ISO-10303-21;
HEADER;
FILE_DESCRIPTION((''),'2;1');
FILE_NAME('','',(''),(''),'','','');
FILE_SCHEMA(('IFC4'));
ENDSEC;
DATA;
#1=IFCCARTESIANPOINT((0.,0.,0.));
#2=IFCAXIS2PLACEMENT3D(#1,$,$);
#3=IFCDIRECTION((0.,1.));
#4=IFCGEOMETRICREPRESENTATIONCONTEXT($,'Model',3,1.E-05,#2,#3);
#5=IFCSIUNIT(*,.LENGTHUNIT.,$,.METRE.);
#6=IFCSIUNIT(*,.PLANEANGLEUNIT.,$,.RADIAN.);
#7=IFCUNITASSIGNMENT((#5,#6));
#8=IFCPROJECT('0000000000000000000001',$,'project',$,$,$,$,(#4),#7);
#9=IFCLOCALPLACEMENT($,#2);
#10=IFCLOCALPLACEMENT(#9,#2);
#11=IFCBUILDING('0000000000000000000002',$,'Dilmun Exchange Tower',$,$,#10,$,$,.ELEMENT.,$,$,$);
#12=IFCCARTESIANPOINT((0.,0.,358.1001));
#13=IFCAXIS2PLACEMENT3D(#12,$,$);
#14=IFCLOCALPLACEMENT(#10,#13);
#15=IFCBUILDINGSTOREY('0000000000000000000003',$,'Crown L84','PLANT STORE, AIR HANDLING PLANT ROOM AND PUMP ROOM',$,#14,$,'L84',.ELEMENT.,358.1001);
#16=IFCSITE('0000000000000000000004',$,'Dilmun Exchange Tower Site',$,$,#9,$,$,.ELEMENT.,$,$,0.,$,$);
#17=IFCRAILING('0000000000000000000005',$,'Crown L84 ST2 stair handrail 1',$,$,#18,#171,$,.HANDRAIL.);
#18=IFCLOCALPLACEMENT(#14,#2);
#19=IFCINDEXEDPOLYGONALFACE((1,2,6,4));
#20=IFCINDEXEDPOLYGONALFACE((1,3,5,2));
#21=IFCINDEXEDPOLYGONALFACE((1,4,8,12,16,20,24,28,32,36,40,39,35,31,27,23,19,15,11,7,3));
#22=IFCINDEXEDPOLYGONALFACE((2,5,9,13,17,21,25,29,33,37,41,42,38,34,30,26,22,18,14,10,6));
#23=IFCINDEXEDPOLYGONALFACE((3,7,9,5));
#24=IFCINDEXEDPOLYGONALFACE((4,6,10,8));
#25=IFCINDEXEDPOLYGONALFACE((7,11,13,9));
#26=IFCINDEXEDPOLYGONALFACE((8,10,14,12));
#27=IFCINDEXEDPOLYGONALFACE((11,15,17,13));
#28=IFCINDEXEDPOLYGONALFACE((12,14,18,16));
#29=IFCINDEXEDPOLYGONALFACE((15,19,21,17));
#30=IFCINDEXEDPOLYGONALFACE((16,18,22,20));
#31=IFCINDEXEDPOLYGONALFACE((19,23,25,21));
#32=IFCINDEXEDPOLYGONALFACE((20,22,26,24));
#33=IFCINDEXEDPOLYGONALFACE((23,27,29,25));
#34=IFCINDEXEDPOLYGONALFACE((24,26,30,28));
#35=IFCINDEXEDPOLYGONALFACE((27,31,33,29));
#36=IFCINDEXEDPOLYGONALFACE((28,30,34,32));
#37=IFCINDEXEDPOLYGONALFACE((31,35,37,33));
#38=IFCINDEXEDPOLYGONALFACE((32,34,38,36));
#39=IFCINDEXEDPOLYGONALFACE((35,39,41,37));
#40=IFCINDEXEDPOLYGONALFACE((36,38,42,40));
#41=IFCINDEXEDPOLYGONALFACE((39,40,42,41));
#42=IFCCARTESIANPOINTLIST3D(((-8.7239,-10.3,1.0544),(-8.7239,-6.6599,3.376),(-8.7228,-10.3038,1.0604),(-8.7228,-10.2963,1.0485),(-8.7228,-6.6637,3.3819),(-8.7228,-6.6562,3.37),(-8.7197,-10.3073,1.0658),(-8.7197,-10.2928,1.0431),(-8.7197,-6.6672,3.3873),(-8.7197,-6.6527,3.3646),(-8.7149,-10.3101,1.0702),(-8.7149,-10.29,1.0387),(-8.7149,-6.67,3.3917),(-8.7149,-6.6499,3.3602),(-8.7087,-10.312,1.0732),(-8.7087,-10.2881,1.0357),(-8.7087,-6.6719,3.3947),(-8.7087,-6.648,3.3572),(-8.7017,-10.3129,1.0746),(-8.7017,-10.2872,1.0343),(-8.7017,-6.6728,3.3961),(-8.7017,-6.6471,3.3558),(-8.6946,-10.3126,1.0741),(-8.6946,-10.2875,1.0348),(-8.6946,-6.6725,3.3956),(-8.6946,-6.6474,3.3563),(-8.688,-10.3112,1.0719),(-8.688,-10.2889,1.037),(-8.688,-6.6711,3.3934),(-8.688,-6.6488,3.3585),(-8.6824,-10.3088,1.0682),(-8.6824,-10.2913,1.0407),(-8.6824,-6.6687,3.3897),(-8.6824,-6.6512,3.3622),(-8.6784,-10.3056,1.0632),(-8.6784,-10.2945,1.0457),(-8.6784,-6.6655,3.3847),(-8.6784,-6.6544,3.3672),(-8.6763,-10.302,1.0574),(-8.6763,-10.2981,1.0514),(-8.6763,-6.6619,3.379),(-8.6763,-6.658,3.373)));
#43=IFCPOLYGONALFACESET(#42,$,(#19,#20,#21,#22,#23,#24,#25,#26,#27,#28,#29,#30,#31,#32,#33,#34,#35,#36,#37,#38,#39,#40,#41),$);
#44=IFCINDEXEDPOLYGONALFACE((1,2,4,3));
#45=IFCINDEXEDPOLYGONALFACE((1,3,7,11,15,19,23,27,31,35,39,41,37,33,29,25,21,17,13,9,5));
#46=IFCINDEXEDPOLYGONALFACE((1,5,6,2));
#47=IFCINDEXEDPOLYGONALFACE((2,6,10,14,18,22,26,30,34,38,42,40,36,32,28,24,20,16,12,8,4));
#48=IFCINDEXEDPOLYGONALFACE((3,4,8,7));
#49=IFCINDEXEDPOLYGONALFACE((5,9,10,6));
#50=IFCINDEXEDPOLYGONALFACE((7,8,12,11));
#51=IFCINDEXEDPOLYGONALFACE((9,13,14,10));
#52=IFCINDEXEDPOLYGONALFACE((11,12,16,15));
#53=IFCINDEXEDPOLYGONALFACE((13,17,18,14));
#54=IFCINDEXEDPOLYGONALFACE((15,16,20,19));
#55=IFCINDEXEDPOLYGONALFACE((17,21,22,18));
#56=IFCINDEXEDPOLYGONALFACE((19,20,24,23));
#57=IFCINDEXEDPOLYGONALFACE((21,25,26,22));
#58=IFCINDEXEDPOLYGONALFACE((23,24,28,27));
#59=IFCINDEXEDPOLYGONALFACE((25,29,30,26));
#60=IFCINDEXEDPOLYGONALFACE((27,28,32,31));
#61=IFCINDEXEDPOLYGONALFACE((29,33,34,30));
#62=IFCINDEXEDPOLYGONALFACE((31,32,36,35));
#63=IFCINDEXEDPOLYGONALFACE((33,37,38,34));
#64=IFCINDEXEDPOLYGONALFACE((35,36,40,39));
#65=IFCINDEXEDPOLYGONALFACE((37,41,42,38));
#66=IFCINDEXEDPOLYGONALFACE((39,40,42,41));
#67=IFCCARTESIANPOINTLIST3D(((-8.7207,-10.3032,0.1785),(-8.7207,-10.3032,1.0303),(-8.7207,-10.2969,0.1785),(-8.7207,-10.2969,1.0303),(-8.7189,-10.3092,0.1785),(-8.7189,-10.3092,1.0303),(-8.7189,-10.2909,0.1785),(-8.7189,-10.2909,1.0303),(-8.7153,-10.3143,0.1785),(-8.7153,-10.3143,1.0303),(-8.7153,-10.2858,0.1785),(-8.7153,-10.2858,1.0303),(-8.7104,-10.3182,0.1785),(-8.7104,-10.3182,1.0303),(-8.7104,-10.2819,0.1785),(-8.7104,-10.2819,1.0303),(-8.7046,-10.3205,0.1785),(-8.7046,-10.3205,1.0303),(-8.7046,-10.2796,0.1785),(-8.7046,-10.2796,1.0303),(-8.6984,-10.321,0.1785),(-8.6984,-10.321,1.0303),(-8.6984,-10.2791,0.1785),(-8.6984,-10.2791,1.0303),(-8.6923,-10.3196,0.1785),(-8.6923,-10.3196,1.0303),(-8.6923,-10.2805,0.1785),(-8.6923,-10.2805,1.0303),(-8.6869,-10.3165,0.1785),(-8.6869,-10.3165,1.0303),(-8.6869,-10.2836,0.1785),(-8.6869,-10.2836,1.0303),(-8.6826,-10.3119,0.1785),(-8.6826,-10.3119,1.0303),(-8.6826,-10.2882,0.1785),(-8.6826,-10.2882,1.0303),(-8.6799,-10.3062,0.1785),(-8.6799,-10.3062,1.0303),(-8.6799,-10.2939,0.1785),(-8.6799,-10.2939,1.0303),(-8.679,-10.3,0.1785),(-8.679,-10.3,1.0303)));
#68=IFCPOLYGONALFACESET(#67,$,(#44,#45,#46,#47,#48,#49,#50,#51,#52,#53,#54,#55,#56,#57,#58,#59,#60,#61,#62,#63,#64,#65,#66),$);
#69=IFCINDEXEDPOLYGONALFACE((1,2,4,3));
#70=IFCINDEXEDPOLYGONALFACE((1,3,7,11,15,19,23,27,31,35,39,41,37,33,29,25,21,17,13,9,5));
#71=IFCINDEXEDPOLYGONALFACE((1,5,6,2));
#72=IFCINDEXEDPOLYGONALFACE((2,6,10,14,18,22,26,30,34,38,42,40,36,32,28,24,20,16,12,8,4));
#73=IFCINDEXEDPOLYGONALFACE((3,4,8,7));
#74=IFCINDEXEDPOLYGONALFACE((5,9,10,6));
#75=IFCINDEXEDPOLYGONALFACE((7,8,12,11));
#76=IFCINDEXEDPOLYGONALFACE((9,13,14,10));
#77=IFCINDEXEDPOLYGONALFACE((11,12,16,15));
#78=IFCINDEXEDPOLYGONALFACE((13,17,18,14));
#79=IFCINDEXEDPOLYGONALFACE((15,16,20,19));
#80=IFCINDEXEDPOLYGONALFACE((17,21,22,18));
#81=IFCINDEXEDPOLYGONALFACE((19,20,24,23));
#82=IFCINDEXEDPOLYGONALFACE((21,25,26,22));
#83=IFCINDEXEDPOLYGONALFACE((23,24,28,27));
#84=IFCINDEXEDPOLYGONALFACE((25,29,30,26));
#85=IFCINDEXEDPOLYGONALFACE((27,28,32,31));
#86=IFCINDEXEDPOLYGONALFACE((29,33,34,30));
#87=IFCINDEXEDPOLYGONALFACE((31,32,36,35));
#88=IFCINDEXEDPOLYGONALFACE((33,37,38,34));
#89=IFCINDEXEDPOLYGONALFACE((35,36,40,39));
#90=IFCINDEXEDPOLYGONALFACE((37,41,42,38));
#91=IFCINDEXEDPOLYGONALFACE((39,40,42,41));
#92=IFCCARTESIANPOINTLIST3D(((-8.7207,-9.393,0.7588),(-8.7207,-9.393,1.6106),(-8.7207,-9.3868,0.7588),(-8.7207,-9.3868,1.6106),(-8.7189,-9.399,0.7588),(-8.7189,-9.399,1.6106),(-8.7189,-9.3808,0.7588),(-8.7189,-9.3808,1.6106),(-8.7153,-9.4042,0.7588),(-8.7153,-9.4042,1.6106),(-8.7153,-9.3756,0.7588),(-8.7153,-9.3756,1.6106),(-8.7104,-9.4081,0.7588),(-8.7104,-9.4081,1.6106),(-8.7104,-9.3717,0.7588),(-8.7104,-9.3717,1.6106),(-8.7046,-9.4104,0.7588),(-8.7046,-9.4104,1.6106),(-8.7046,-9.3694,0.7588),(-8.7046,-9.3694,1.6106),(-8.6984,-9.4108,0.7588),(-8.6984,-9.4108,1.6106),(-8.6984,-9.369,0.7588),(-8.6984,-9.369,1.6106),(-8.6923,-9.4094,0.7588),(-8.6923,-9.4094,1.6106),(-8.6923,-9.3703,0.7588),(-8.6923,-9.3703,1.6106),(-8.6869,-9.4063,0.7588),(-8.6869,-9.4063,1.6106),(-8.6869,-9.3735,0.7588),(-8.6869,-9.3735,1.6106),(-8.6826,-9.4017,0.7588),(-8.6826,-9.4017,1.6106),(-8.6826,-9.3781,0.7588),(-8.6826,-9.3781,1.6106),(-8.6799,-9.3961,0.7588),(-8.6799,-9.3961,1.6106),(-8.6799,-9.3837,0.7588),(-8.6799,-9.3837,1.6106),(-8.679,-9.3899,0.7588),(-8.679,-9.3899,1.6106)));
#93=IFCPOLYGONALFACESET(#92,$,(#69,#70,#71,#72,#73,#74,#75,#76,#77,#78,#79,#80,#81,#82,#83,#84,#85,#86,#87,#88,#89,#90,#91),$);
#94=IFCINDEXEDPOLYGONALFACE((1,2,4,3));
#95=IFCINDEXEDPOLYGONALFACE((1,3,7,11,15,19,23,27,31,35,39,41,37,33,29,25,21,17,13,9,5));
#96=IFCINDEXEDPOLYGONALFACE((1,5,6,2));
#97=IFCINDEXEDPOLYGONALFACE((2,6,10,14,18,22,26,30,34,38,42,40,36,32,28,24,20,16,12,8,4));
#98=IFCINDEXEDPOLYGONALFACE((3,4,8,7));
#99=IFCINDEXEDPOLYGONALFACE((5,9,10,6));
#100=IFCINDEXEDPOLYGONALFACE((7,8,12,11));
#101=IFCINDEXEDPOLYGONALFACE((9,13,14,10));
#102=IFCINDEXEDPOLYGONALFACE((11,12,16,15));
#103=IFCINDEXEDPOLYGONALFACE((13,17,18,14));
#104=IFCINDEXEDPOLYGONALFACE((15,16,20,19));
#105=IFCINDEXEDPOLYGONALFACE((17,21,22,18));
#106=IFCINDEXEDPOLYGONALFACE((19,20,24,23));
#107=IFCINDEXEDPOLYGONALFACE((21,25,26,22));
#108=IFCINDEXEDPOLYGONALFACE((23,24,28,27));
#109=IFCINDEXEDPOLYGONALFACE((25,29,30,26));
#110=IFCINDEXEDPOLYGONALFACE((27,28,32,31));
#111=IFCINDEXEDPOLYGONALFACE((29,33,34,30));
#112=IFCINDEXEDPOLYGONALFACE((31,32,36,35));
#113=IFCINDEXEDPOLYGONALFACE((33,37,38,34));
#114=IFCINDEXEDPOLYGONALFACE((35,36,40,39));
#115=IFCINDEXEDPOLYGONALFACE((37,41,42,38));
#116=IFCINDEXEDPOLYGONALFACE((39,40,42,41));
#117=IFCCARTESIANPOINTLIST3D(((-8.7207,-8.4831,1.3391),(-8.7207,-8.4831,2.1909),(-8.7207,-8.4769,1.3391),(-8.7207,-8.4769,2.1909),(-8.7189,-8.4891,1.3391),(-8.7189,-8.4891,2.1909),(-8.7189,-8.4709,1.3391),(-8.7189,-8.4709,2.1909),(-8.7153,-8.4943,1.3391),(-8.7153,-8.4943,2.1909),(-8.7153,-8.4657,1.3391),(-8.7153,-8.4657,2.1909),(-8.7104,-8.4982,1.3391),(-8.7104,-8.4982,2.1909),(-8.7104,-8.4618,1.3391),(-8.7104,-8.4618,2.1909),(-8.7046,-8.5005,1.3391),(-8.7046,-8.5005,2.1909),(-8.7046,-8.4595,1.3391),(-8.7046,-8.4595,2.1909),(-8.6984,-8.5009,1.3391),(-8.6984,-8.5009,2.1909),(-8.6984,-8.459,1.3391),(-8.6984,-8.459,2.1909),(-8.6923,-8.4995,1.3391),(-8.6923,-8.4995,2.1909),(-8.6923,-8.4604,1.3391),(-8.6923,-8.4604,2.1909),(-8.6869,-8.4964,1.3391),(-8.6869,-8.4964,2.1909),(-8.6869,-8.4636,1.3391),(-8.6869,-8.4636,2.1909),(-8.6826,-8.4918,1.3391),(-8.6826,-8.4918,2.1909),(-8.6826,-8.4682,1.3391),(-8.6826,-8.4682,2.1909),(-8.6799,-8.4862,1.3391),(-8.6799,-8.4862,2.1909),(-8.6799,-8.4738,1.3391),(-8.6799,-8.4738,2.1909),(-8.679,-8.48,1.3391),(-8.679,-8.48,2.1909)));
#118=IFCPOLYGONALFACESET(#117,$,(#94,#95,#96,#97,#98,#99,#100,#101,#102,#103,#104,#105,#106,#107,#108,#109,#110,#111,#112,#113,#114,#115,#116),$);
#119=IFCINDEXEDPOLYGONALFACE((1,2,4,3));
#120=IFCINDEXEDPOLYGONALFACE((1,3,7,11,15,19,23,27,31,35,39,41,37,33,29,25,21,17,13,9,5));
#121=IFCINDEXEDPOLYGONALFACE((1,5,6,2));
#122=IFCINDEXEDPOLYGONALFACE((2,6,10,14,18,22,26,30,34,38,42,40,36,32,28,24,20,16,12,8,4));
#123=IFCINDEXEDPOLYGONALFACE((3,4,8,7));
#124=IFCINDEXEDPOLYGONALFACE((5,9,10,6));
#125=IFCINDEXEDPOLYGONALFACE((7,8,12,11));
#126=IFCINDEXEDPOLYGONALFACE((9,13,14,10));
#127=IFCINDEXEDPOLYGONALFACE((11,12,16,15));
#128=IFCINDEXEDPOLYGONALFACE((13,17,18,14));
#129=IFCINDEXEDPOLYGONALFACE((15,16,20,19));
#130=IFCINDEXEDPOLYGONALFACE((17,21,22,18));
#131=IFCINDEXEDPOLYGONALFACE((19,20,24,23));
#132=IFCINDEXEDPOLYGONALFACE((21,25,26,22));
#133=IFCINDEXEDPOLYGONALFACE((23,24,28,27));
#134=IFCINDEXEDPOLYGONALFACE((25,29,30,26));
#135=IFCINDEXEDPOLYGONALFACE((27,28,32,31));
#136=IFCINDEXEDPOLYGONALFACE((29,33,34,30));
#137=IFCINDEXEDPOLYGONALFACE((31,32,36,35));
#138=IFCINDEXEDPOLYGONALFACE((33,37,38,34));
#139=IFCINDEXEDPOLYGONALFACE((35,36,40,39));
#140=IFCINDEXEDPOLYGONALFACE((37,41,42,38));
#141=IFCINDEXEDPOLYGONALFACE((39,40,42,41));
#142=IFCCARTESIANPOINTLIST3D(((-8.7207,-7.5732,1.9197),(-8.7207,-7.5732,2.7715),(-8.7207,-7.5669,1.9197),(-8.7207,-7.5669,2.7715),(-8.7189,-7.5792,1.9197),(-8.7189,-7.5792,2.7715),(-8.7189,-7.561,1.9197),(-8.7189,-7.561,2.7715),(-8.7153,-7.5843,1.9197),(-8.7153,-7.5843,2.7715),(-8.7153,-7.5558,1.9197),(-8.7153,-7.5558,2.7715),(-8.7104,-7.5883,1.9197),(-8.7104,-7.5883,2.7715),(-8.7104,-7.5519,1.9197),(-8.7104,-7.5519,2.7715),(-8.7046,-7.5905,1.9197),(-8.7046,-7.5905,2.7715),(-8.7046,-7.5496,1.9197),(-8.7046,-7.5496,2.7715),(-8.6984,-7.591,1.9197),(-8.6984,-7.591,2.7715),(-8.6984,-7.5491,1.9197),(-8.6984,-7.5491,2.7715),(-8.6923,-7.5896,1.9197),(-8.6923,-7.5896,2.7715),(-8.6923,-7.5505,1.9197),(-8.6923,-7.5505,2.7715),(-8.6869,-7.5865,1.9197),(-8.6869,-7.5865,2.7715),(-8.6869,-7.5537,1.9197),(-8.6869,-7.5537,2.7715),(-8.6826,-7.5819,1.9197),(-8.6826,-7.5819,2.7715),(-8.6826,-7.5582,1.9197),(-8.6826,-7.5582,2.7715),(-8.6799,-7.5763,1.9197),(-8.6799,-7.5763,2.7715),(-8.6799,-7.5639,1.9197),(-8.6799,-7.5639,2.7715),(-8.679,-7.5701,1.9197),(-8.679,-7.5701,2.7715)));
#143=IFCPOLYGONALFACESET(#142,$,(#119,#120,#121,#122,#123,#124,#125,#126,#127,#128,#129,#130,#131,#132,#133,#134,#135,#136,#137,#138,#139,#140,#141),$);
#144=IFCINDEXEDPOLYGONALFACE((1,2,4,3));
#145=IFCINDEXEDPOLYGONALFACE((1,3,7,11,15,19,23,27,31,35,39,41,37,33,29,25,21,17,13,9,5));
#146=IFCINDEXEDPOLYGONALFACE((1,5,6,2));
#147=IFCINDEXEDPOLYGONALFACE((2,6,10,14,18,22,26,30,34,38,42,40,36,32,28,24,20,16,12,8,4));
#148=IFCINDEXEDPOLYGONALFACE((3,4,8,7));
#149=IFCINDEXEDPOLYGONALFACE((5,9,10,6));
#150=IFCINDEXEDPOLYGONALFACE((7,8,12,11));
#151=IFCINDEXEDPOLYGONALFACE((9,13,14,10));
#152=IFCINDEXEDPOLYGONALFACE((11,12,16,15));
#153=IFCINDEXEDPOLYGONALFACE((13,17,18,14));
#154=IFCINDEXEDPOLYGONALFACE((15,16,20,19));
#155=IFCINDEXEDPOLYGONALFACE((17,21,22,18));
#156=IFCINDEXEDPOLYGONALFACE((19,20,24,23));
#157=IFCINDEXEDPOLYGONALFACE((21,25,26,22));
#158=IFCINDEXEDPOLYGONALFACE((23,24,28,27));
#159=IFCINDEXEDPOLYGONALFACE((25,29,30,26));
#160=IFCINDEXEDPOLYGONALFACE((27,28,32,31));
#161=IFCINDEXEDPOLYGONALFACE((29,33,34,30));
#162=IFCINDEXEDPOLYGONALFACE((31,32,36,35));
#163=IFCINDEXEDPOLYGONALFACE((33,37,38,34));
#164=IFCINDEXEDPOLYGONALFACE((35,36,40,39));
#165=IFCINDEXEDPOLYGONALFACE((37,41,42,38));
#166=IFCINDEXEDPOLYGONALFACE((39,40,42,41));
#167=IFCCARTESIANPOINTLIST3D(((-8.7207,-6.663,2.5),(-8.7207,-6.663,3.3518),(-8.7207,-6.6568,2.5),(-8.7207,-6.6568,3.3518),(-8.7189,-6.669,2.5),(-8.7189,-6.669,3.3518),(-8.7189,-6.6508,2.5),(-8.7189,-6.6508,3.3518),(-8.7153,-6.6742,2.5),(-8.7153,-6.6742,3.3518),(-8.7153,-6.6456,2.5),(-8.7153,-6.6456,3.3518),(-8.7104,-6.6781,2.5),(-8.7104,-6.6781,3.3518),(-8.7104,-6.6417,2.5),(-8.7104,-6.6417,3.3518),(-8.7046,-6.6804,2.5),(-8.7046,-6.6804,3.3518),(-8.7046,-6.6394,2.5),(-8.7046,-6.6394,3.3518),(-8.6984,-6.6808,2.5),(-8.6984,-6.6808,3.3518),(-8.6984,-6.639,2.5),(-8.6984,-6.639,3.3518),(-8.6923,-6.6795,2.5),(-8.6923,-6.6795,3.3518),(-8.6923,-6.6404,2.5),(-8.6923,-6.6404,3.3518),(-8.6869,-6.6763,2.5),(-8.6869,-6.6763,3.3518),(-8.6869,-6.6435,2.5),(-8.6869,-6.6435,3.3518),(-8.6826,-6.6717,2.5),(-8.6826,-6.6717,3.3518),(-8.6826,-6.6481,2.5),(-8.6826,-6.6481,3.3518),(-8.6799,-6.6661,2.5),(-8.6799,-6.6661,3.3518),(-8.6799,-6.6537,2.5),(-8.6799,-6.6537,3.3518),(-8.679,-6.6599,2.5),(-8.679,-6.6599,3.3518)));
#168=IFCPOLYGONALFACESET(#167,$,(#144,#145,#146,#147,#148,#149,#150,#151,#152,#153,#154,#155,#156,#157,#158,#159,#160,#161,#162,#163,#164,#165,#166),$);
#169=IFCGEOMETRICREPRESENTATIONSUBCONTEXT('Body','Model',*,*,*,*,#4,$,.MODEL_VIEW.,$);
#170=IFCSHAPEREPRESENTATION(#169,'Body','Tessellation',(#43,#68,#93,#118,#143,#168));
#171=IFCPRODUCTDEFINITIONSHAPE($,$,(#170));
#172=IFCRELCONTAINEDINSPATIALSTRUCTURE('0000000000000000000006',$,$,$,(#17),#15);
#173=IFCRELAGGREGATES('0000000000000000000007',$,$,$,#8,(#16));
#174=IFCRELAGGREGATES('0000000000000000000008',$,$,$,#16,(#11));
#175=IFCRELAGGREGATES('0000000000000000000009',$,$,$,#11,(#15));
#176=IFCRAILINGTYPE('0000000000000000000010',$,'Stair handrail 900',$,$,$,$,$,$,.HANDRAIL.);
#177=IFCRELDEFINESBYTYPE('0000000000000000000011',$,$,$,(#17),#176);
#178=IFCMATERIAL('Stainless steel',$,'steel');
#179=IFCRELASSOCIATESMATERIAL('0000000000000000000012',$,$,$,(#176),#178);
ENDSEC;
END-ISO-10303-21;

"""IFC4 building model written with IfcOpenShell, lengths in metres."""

from ifc_helpers import new_model, si_unit, direction, frame, origin, origin_2d, place, context, subcontext, project, spatial, circle, extrude, material, type_object, element, save


model = new_model("IFC4")

# Units and contexts
model_context = context("Model", 3, precision=1e-05, world=origin(), true_north=direction((0.0, 1.0)))
body_context = subcontext(model_context, "Body", "Model", "MODEL_VIEW")
ifc_project = project(units=[si_unit("LENGTHUNIT", "METRE"), si_unit("PLANEANGLEUNIT", "RADIAN")], contexts=[model_context])

# Site, building, storey
site_placement = place(None, origin())
site = spatial("IfcSite", under=ifc_project, at=site_placement, Name="Dilmun Exchange Tower Site", CompositionType="ELEMENT", RefElevation=0.0)
building_placement = place(site_placement, origin())
building = spatial("IfcBuilding", under=site, at=building_placement, Name="Dilmun Exchange Tower", CompositionType="ELEMENT")
storey_placement = place(building_placement, frame((0.0, 0.0, 358.1001)))
storey = spatial("IfcBuildingStorey", under=building, at=storey_placement, Name="Crown L84", Description="PLANT STORE, AIR HANDLING PLANT ROOM AND PUMP ROOM", LongName="L84", CompositionType="ELEMENT", Elevation=358.1001)

# Railing
ifc_material_1 = material(Name="Stainless steel", Category="steel")
railing_type = type_object("IfcRailingType", Name="Stair handrail 900", PredefinedType="HANDRAIL", material=ifc_material_1)
railing_1_placement = place(storey_placement, frame((-8.7, -10.3, 0.1785)))
element("IfcRailing", 1, at=railing_1_placement, inside=storey, type_object=railing_type, Name="Crown L84 ST2 stair handrail 1", PredefinedType="HANDRAIL", context=body_context, shape_type="SweptSolid", body=[
    extrude(circle(Radius=0.0239, at=origin_2d()), frame((0.0, 0.0, 0.876), z_axis=(0.0, 0.843128, 0.537713), x_axis=(-1.0, 0.0, 0.0)), (0.0, 0.0, 1.0), 4.3174),
    extrude(circle(Radius=0.021, at=origin_2d()), origin(), (0.0, 0.0, 1.0), 0.8518),
    extrude(circle(Radius=0.021, at=origin_2d()), frame((0.0, 0.9102, 0.5803)), (0.0, 0.0, 1.0), 0.8518),
    extrude(circle(Radius=0.021, at=origin_2d()), frame((0.0, 1.8201, 1.1606)), (0.0, 0.0, 1.0), 0.8518),
    extrude(circle(Radius=0.021, at=origin_2d()), frame((0.0, 2.73, 1.7412)), (0.0, 0.0, 1.0), 0.8518),
    extrude(circle(Radius=0.021, at=origin_2d()), frame((0.0, 3.6401, 2.3215)), (0.0, 0.0, 1.0), 0.8518),
])

save(model, "model.ifc")
